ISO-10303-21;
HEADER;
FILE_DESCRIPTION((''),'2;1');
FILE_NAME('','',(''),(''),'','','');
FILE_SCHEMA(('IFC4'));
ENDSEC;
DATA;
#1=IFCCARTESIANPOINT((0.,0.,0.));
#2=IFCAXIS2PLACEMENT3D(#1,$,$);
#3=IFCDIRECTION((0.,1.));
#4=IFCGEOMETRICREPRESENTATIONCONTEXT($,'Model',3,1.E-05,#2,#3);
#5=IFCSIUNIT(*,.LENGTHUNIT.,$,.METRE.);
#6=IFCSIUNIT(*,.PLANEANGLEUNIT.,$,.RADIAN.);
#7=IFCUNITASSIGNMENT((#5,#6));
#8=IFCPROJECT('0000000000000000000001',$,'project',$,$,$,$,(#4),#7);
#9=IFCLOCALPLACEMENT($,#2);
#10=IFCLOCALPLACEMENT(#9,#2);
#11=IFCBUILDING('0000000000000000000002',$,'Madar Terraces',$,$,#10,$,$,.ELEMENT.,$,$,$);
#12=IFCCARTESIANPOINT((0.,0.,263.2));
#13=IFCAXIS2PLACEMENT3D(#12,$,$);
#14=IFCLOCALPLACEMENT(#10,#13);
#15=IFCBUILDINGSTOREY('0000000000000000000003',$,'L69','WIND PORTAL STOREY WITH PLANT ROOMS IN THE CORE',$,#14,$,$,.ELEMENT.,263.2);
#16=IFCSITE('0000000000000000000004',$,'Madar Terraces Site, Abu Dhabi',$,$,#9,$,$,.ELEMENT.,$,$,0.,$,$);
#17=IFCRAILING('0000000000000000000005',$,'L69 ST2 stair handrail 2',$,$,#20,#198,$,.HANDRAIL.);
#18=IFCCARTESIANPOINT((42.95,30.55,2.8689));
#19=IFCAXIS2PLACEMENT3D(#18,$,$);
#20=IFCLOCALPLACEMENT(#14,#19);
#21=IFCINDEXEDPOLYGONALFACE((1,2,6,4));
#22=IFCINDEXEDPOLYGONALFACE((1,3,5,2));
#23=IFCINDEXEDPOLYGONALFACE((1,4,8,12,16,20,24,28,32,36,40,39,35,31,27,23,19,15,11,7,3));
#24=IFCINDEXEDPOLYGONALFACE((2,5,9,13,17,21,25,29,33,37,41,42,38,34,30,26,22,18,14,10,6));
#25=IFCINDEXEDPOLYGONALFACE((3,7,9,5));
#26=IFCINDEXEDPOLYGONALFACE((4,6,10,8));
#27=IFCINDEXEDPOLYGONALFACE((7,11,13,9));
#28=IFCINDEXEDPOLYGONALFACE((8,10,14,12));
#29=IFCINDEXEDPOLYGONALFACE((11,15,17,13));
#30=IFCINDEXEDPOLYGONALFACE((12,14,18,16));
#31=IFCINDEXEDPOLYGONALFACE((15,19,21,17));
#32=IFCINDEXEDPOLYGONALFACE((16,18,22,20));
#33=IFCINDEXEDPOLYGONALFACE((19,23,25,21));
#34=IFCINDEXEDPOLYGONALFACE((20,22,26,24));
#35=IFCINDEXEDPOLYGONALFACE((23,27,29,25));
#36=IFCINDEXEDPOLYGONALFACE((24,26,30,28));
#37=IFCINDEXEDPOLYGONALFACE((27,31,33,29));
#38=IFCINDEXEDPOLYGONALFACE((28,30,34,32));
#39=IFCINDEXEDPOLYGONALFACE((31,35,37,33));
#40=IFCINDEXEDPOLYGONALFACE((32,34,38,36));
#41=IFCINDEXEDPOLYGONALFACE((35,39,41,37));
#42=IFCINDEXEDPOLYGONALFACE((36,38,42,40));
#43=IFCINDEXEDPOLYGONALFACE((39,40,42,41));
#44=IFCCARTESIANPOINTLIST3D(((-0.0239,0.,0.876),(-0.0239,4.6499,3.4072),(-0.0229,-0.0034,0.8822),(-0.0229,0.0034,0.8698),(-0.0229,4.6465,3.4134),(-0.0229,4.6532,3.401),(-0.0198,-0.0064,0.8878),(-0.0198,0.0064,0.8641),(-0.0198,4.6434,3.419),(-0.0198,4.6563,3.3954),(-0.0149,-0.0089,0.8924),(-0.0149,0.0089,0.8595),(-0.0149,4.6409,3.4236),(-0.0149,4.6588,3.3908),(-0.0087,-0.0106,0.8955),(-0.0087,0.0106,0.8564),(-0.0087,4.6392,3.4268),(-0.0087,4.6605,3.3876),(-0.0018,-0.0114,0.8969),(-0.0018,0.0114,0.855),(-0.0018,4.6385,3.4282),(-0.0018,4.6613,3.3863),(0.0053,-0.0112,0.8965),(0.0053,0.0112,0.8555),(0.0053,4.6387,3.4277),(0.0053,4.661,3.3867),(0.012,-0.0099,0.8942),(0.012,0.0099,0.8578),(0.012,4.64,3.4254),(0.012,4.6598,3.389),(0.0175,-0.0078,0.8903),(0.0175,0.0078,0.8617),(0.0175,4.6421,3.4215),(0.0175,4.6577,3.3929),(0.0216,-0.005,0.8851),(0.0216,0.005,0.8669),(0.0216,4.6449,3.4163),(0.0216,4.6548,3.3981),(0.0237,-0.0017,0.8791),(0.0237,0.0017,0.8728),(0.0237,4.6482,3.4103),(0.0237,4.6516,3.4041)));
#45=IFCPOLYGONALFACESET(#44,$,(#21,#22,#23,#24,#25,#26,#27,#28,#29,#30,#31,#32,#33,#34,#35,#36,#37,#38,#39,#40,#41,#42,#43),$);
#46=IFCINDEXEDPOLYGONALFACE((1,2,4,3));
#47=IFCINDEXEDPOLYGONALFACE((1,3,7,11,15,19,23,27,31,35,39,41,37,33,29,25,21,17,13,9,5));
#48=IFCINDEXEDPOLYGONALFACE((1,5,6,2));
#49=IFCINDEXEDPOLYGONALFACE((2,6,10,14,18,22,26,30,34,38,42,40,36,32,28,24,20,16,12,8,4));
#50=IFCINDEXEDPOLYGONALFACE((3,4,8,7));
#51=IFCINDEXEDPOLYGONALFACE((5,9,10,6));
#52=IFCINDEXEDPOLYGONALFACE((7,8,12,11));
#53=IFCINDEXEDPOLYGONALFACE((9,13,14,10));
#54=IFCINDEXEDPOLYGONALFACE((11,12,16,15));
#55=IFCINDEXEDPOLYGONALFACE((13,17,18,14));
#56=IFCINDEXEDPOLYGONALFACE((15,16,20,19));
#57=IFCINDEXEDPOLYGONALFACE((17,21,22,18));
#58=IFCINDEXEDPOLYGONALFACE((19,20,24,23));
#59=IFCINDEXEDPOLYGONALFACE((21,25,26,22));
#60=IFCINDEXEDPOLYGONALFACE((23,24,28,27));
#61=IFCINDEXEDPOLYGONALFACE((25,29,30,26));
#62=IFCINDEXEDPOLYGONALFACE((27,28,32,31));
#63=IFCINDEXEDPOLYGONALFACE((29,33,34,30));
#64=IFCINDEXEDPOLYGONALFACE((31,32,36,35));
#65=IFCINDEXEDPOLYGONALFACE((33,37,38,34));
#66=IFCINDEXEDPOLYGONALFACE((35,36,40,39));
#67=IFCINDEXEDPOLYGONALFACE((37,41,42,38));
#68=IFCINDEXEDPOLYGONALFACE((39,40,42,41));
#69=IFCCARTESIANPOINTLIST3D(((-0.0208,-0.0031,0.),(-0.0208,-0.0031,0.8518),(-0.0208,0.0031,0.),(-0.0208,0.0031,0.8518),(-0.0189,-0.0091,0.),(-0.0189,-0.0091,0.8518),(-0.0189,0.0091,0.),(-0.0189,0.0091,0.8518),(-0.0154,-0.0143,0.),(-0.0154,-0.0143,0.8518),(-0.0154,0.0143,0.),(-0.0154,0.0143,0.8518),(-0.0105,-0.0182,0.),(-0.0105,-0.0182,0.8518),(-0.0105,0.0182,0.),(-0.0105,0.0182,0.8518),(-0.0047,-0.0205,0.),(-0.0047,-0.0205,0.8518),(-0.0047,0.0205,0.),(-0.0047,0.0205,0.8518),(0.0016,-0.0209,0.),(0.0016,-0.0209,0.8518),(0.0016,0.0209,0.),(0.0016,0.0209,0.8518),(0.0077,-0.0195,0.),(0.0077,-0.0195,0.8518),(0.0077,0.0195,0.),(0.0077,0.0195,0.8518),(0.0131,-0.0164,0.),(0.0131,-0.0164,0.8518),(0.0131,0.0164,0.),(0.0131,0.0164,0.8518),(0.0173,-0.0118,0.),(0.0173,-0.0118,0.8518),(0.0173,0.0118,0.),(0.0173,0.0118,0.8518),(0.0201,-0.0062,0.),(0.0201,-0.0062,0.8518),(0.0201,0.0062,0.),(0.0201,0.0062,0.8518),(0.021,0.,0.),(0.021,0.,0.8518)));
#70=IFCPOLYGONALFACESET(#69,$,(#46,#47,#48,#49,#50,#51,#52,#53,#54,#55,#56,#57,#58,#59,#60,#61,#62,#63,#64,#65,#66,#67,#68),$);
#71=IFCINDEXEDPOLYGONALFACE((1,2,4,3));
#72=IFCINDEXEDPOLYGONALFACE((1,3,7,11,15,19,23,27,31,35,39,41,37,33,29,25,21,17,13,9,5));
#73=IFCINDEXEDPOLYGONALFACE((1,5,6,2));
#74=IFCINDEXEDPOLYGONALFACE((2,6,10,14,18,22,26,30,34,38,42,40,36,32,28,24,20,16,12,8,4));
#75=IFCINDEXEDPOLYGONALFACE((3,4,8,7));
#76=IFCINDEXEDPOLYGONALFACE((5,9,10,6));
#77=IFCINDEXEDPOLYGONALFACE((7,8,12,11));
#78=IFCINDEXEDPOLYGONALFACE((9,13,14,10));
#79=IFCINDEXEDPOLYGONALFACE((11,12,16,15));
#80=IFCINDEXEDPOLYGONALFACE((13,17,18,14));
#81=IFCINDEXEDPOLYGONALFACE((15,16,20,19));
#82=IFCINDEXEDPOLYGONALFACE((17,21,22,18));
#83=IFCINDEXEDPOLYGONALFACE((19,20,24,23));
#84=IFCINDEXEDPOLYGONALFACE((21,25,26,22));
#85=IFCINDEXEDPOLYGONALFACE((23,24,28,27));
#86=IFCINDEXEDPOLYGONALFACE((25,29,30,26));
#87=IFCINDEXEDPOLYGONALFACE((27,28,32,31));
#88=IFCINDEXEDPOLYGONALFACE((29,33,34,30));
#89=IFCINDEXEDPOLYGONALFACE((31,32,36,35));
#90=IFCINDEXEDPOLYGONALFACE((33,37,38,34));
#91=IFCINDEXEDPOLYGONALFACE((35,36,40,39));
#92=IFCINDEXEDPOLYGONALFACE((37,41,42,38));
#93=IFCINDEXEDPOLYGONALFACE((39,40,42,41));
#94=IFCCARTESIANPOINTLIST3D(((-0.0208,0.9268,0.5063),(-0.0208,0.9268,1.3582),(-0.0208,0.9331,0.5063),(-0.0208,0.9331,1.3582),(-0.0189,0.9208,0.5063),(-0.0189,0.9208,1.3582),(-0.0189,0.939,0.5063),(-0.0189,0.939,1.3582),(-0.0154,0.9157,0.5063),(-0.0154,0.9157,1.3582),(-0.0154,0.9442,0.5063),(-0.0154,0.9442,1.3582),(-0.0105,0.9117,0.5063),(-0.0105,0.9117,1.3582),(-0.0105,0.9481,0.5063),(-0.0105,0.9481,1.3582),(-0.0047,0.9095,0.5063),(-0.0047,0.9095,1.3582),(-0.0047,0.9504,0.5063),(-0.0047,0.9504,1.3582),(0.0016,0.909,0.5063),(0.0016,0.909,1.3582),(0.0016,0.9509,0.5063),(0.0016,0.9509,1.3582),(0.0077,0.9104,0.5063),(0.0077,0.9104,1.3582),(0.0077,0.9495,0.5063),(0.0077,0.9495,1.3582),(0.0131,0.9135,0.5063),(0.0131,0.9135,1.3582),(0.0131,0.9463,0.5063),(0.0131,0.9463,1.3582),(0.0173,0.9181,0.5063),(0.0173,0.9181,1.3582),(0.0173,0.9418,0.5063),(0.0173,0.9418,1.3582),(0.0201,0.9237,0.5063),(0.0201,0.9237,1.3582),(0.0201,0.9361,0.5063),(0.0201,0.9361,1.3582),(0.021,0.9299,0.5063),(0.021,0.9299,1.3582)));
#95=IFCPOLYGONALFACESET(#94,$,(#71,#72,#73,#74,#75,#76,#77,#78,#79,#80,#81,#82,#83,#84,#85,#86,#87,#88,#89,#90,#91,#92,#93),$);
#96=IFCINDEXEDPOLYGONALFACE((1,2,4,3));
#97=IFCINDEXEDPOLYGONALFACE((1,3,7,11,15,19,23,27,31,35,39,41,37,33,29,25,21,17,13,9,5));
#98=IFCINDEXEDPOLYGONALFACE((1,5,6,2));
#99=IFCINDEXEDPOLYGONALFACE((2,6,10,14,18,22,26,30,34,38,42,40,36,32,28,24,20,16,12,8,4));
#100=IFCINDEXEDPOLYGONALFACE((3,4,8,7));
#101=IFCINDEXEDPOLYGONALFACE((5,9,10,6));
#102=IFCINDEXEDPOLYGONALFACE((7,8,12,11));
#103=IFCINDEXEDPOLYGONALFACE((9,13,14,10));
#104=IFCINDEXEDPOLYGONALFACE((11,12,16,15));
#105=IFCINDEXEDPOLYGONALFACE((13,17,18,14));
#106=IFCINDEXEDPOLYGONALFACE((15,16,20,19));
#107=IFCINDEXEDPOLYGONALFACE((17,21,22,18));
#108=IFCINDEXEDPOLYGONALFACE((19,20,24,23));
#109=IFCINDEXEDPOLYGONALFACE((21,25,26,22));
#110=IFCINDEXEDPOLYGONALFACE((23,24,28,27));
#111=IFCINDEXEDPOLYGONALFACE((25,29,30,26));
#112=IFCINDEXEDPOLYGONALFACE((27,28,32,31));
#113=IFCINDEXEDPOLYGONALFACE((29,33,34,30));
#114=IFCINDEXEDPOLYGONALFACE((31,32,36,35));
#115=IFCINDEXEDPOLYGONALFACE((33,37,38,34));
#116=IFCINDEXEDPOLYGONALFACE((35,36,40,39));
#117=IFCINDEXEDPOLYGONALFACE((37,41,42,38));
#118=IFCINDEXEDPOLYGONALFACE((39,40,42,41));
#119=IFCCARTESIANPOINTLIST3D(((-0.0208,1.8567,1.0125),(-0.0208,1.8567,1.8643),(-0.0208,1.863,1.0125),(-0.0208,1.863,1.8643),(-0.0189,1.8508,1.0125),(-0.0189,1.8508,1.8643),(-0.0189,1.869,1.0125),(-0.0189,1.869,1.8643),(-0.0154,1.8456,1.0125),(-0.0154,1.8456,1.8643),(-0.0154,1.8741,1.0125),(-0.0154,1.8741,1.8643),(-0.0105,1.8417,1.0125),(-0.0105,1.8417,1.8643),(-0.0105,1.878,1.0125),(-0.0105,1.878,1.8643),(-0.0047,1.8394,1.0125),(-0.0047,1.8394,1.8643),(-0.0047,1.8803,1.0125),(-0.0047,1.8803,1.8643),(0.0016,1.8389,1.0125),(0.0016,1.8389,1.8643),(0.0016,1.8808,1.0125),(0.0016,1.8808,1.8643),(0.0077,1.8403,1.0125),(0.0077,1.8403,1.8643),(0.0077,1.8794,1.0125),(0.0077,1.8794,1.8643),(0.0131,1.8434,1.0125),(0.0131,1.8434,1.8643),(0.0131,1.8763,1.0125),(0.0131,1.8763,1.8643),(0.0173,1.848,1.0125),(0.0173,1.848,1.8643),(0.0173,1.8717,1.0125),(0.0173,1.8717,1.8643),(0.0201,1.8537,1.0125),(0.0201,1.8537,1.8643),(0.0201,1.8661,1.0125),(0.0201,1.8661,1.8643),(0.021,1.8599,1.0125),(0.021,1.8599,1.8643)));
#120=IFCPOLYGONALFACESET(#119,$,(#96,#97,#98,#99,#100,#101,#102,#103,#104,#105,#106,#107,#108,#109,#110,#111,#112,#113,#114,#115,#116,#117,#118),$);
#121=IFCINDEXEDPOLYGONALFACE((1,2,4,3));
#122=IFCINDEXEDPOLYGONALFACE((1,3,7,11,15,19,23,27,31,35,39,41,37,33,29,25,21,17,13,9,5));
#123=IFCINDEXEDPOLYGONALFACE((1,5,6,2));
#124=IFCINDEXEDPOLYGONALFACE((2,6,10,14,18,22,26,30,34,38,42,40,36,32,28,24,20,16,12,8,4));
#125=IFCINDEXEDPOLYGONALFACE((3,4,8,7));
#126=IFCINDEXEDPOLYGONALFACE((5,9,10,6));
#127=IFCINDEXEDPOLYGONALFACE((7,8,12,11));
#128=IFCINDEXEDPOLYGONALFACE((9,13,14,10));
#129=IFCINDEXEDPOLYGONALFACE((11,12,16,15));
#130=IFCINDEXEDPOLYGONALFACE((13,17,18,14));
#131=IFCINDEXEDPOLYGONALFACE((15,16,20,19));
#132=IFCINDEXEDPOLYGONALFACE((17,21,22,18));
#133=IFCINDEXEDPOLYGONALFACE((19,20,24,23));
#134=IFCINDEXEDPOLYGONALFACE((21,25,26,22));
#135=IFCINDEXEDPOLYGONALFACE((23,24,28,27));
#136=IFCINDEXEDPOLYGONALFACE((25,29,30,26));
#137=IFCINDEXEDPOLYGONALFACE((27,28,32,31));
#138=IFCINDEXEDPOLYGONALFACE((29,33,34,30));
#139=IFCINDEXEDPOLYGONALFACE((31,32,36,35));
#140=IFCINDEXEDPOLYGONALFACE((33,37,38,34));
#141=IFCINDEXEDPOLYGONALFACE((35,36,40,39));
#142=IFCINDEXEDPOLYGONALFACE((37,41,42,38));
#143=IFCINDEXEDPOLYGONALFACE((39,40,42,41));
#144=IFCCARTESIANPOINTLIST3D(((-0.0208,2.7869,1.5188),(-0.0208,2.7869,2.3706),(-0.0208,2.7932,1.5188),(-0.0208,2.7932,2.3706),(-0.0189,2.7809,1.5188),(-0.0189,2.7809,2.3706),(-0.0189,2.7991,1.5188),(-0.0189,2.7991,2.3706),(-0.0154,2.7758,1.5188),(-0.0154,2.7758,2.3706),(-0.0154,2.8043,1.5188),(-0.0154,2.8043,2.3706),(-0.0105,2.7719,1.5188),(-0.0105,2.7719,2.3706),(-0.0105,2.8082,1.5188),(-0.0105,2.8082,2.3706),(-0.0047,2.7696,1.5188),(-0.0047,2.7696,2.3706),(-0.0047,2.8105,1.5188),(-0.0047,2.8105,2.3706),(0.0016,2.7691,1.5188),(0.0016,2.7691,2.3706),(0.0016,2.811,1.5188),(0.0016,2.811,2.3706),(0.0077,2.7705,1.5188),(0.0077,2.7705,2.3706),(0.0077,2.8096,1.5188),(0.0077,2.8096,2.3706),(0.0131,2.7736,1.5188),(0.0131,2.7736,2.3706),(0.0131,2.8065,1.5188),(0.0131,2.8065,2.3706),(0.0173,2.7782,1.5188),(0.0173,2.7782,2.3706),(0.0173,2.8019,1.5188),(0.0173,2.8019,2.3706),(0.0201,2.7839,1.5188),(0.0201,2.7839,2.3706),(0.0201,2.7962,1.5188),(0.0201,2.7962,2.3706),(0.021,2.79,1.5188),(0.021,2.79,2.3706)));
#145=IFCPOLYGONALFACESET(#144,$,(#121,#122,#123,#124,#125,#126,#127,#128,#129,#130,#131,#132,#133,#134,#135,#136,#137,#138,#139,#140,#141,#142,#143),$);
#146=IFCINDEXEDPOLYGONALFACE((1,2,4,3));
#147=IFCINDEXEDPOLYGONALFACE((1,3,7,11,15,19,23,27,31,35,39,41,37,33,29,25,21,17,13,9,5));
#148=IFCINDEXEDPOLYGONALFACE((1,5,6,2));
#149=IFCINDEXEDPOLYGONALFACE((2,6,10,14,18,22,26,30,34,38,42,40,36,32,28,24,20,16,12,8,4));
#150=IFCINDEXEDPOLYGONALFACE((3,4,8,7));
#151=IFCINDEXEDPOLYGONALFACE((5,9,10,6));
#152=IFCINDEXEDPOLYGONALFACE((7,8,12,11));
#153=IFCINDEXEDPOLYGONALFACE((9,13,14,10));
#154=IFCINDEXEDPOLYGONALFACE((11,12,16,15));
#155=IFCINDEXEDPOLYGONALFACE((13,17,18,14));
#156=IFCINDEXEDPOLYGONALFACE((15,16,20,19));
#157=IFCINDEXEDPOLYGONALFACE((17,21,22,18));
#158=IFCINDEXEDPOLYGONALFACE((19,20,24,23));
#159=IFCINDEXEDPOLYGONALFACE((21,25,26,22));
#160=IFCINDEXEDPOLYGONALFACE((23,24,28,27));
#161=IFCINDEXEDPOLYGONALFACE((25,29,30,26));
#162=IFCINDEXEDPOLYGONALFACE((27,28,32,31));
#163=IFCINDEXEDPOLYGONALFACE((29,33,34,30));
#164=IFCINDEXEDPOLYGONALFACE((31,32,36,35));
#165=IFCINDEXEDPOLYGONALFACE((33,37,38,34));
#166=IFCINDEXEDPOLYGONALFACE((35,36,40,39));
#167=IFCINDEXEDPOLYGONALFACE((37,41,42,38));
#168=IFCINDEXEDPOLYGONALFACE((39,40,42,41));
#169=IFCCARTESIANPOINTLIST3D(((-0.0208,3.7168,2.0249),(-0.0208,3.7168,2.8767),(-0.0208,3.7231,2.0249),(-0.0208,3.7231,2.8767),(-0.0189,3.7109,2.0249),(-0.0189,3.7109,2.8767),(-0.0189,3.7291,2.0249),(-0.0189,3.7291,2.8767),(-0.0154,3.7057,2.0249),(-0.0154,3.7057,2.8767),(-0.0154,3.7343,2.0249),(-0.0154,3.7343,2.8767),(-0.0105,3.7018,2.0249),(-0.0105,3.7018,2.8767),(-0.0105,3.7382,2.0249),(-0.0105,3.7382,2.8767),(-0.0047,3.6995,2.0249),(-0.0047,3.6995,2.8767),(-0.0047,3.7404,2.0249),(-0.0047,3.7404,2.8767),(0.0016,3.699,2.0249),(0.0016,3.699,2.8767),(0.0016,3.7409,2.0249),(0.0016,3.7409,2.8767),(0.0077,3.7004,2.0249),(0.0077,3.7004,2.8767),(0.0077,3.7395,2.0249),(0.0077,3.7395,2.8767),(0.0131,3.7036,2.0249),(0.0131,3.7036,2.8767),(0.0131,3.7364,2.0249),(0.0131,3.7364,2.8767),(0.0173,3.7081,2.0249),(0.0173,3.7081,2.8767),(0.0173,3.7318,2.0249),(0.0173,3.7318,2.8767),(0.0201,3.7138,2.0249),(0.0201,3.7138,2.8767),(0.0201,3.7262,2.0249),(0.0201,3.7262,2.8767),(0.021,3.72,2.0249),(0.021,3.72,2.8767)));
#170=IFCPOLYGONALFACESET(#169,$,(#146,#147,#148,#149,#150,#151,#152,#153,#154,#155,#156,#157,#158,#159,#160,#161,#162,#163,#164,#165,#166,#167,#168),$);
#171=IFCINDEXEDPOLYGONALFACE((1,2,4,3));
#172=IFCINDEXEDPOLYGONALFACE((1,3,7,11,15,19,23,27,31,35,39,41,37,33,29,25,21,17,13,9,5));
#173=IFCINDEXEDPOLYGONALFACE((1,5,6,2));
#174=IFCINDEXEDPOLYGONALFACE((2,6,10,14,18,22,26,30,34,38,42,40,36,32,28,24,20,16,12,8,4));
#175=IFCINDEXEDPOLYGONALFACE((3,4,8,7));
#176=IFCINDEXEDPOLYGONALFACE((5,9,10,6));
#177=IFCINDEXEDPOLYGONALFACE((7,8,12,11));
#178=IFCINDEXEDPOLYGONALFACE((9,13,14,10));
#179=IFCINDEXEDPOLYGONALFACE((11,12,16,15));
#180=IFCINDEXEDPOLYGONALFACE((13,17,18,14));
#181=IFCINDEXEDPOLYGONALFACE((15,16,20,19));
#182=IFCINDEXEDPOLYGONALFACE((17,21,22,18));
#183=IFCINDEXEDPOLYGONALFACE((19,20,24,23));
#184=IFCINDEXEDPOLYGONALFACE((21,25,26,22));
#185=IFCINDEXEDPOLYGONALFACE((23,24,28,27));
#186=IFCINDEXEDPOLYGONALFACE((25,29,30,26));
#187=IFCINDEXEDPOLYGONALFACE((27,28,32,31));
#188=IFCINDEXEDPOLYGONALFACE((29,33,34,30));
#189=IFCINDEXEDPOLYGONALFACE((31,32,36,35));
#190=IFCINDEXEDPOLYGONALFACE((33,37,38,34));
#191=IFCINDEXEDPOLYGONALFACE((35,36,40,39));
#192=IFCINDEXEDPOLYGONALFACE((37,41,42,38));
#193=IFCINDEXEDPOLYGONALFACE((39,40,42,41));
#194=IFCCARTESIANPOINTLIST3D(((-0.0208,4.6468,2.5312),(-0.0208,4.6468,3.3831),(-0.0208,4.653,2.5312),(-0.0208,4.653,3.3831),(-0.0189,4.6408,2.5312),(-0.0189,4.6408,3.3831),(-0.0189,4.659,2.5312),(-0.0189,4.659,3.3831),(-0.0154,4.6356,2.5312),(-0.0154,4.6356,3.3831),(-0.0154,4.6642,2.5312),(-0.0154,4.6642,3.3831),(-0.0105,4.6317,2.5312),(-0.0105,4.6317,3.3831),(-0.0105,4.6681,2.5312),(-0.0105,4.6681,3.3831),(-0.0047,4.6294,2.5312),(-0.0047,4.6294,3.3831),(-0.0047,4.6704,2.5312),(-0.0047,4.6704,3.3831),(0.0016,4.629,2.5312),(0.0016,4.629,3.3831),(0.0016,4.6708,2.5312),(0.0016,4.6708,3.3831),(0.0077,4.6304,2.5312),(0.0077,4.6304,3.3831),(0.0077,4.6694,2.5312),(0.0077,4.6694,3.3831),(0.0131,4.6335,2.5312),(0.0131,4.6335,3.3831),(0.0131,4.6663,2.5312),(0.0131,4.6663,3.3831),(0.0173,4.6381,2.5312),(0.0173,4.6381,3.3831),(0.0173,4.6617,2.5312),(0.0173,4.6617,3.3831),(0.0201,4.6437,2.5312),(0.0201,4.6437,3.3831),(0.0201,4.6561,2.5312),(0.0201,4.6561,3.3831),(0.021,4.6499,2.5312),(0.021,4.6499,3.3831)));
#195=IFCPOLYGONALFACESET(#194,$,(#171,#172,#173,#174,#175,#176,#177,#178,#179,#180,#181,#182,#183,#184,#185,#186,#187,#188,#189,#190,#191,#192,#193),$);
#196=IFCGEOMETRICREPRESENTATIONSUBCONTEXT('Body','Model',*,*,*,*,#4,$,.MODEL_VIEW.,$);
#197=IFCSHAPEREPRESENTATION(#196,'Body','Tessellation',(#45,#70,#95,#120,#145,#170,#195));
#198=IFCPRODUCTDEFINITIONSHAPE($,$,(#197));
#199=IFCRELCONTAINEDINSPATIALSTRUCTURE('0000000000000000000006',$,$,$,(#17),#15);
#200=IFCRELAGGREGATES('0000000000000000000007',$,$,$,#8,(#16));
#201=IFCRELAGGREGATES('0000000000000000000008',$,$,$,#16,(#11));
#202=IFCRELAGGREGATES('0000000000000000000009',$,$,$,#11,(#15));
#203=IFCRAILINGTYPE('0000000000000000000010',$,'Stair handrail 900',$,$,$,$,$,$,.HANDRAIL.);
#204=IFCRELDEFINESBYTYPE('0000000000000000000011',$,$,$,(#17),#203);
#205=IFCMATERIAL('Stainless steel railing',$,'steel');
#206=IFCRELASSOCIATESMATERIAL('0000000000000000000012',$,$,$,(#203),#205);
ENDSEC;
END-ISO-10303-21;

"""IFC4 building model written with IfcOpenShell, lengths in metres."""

from ifc_helpers import new_model, si_unit, direction, frame, origin, origin_2d, place, context, subcontext, project, spatial, circle, extrude, material, type_object, element, save


model = new_model("IFC4")

# Units and contexts
model_context = context("Model", 3, precision=1e-05, world=origin(), true_north=direction((0.0, 1.0)))
body_context = subcontext(model_context, "Body", "Model", "MODEL_VIEW")
ifc_project = project(units=[si_unit("LENGTHUNIT", "METRE"), si_unit("PLANEANGLEUNIT", "RADIAN")], contexts=[model_context])

# Site, building, storey
site_placement = place(None, origin())
site = spatial("IfcSite", under=ifc_project, at=site_placement, Name="Madar Terraces Site, Abu Dhabi", CompositionType="ELEMENT", RefElevation=0.0)
building_placement = place(site_placement, origin())
building = spatial("IfcBuilding", under=site, at=building_placement, Name="Madar Terraces", CompositionType="ELEMENT")
storey_placement = place(building_placement, frame((0.0, 0.0, 263.2)))
storey = spatial("IfcBuildingStorey", under=building, at=storey_placement, Name="L69", Description="WIND PORTAL STOREY WITH PLANT ROOMS IN THE CORE", CompositionType="ELEMENT", Elevation=263.2)

# Railing
ifc_material_1 = material(Name="Stainless steel railing", Category="steel")
railing_type_1 = type_object("IfcRailingType", Name="Stair handrail 900", PredefinedType="HANDRAIL", material=ifc_material_1)
railing_1_placement = place(storey_placement, frame((42.95, 30.55, 2.8689)))
element("IfcRailing", 1, at=railing_1_placement, inside=storey, type_object=railing_type_1, Name="L69 ST2 stair handrail 2", PredefinedType="HANDRAIL", context=body_context, shape_type="SweptSolid", body=[
    extrude(circle(Radius=0.0239, at=origin_2d()), frame((0.0, 0.0, 0.876), z_axis=(0.0, 0.878297, 0.478115), x_axis=(-1.0, 0.0, 0.0)), (0.0, 0.0, 1.0), 5.2942),
    extrude(circle(Radius=0.021, at=origin_2d()), origin(), (0.0, 0.0, 1.0), 0.8518),
    extrude(circle(Radius=0.021, at=origin_2d()), frame((0.0, 0.9299, 0.5063)), (0.0, 0.0, 1.0), 0.8518),
    extrude(circle(Radius=0.021, at=origin_2d()), frame((0.0, 1.8599, 1.0125)), (0.0, 0.0, 1.0), 0.8518),
    extrude(circle(Radius=0.021, at=origin_2d()), frame((0.0, 2.79, 1.5188)), (0.0, 0.0, 1.0), 0.8518),
    extrude(circle(Radius=0.021, at=origin_2d()), frame((0.0, 3.72, 2.0249)), (0.0, 0.0, 1.0), 0.8518),
    extrude(circle(Radius=0.021, at=origin_2d()), frame((0.0, 4.6499, 2.5312)), (0.0, 0.0, 1.0), 0.8518),
])

save(model, "model.ifc")
